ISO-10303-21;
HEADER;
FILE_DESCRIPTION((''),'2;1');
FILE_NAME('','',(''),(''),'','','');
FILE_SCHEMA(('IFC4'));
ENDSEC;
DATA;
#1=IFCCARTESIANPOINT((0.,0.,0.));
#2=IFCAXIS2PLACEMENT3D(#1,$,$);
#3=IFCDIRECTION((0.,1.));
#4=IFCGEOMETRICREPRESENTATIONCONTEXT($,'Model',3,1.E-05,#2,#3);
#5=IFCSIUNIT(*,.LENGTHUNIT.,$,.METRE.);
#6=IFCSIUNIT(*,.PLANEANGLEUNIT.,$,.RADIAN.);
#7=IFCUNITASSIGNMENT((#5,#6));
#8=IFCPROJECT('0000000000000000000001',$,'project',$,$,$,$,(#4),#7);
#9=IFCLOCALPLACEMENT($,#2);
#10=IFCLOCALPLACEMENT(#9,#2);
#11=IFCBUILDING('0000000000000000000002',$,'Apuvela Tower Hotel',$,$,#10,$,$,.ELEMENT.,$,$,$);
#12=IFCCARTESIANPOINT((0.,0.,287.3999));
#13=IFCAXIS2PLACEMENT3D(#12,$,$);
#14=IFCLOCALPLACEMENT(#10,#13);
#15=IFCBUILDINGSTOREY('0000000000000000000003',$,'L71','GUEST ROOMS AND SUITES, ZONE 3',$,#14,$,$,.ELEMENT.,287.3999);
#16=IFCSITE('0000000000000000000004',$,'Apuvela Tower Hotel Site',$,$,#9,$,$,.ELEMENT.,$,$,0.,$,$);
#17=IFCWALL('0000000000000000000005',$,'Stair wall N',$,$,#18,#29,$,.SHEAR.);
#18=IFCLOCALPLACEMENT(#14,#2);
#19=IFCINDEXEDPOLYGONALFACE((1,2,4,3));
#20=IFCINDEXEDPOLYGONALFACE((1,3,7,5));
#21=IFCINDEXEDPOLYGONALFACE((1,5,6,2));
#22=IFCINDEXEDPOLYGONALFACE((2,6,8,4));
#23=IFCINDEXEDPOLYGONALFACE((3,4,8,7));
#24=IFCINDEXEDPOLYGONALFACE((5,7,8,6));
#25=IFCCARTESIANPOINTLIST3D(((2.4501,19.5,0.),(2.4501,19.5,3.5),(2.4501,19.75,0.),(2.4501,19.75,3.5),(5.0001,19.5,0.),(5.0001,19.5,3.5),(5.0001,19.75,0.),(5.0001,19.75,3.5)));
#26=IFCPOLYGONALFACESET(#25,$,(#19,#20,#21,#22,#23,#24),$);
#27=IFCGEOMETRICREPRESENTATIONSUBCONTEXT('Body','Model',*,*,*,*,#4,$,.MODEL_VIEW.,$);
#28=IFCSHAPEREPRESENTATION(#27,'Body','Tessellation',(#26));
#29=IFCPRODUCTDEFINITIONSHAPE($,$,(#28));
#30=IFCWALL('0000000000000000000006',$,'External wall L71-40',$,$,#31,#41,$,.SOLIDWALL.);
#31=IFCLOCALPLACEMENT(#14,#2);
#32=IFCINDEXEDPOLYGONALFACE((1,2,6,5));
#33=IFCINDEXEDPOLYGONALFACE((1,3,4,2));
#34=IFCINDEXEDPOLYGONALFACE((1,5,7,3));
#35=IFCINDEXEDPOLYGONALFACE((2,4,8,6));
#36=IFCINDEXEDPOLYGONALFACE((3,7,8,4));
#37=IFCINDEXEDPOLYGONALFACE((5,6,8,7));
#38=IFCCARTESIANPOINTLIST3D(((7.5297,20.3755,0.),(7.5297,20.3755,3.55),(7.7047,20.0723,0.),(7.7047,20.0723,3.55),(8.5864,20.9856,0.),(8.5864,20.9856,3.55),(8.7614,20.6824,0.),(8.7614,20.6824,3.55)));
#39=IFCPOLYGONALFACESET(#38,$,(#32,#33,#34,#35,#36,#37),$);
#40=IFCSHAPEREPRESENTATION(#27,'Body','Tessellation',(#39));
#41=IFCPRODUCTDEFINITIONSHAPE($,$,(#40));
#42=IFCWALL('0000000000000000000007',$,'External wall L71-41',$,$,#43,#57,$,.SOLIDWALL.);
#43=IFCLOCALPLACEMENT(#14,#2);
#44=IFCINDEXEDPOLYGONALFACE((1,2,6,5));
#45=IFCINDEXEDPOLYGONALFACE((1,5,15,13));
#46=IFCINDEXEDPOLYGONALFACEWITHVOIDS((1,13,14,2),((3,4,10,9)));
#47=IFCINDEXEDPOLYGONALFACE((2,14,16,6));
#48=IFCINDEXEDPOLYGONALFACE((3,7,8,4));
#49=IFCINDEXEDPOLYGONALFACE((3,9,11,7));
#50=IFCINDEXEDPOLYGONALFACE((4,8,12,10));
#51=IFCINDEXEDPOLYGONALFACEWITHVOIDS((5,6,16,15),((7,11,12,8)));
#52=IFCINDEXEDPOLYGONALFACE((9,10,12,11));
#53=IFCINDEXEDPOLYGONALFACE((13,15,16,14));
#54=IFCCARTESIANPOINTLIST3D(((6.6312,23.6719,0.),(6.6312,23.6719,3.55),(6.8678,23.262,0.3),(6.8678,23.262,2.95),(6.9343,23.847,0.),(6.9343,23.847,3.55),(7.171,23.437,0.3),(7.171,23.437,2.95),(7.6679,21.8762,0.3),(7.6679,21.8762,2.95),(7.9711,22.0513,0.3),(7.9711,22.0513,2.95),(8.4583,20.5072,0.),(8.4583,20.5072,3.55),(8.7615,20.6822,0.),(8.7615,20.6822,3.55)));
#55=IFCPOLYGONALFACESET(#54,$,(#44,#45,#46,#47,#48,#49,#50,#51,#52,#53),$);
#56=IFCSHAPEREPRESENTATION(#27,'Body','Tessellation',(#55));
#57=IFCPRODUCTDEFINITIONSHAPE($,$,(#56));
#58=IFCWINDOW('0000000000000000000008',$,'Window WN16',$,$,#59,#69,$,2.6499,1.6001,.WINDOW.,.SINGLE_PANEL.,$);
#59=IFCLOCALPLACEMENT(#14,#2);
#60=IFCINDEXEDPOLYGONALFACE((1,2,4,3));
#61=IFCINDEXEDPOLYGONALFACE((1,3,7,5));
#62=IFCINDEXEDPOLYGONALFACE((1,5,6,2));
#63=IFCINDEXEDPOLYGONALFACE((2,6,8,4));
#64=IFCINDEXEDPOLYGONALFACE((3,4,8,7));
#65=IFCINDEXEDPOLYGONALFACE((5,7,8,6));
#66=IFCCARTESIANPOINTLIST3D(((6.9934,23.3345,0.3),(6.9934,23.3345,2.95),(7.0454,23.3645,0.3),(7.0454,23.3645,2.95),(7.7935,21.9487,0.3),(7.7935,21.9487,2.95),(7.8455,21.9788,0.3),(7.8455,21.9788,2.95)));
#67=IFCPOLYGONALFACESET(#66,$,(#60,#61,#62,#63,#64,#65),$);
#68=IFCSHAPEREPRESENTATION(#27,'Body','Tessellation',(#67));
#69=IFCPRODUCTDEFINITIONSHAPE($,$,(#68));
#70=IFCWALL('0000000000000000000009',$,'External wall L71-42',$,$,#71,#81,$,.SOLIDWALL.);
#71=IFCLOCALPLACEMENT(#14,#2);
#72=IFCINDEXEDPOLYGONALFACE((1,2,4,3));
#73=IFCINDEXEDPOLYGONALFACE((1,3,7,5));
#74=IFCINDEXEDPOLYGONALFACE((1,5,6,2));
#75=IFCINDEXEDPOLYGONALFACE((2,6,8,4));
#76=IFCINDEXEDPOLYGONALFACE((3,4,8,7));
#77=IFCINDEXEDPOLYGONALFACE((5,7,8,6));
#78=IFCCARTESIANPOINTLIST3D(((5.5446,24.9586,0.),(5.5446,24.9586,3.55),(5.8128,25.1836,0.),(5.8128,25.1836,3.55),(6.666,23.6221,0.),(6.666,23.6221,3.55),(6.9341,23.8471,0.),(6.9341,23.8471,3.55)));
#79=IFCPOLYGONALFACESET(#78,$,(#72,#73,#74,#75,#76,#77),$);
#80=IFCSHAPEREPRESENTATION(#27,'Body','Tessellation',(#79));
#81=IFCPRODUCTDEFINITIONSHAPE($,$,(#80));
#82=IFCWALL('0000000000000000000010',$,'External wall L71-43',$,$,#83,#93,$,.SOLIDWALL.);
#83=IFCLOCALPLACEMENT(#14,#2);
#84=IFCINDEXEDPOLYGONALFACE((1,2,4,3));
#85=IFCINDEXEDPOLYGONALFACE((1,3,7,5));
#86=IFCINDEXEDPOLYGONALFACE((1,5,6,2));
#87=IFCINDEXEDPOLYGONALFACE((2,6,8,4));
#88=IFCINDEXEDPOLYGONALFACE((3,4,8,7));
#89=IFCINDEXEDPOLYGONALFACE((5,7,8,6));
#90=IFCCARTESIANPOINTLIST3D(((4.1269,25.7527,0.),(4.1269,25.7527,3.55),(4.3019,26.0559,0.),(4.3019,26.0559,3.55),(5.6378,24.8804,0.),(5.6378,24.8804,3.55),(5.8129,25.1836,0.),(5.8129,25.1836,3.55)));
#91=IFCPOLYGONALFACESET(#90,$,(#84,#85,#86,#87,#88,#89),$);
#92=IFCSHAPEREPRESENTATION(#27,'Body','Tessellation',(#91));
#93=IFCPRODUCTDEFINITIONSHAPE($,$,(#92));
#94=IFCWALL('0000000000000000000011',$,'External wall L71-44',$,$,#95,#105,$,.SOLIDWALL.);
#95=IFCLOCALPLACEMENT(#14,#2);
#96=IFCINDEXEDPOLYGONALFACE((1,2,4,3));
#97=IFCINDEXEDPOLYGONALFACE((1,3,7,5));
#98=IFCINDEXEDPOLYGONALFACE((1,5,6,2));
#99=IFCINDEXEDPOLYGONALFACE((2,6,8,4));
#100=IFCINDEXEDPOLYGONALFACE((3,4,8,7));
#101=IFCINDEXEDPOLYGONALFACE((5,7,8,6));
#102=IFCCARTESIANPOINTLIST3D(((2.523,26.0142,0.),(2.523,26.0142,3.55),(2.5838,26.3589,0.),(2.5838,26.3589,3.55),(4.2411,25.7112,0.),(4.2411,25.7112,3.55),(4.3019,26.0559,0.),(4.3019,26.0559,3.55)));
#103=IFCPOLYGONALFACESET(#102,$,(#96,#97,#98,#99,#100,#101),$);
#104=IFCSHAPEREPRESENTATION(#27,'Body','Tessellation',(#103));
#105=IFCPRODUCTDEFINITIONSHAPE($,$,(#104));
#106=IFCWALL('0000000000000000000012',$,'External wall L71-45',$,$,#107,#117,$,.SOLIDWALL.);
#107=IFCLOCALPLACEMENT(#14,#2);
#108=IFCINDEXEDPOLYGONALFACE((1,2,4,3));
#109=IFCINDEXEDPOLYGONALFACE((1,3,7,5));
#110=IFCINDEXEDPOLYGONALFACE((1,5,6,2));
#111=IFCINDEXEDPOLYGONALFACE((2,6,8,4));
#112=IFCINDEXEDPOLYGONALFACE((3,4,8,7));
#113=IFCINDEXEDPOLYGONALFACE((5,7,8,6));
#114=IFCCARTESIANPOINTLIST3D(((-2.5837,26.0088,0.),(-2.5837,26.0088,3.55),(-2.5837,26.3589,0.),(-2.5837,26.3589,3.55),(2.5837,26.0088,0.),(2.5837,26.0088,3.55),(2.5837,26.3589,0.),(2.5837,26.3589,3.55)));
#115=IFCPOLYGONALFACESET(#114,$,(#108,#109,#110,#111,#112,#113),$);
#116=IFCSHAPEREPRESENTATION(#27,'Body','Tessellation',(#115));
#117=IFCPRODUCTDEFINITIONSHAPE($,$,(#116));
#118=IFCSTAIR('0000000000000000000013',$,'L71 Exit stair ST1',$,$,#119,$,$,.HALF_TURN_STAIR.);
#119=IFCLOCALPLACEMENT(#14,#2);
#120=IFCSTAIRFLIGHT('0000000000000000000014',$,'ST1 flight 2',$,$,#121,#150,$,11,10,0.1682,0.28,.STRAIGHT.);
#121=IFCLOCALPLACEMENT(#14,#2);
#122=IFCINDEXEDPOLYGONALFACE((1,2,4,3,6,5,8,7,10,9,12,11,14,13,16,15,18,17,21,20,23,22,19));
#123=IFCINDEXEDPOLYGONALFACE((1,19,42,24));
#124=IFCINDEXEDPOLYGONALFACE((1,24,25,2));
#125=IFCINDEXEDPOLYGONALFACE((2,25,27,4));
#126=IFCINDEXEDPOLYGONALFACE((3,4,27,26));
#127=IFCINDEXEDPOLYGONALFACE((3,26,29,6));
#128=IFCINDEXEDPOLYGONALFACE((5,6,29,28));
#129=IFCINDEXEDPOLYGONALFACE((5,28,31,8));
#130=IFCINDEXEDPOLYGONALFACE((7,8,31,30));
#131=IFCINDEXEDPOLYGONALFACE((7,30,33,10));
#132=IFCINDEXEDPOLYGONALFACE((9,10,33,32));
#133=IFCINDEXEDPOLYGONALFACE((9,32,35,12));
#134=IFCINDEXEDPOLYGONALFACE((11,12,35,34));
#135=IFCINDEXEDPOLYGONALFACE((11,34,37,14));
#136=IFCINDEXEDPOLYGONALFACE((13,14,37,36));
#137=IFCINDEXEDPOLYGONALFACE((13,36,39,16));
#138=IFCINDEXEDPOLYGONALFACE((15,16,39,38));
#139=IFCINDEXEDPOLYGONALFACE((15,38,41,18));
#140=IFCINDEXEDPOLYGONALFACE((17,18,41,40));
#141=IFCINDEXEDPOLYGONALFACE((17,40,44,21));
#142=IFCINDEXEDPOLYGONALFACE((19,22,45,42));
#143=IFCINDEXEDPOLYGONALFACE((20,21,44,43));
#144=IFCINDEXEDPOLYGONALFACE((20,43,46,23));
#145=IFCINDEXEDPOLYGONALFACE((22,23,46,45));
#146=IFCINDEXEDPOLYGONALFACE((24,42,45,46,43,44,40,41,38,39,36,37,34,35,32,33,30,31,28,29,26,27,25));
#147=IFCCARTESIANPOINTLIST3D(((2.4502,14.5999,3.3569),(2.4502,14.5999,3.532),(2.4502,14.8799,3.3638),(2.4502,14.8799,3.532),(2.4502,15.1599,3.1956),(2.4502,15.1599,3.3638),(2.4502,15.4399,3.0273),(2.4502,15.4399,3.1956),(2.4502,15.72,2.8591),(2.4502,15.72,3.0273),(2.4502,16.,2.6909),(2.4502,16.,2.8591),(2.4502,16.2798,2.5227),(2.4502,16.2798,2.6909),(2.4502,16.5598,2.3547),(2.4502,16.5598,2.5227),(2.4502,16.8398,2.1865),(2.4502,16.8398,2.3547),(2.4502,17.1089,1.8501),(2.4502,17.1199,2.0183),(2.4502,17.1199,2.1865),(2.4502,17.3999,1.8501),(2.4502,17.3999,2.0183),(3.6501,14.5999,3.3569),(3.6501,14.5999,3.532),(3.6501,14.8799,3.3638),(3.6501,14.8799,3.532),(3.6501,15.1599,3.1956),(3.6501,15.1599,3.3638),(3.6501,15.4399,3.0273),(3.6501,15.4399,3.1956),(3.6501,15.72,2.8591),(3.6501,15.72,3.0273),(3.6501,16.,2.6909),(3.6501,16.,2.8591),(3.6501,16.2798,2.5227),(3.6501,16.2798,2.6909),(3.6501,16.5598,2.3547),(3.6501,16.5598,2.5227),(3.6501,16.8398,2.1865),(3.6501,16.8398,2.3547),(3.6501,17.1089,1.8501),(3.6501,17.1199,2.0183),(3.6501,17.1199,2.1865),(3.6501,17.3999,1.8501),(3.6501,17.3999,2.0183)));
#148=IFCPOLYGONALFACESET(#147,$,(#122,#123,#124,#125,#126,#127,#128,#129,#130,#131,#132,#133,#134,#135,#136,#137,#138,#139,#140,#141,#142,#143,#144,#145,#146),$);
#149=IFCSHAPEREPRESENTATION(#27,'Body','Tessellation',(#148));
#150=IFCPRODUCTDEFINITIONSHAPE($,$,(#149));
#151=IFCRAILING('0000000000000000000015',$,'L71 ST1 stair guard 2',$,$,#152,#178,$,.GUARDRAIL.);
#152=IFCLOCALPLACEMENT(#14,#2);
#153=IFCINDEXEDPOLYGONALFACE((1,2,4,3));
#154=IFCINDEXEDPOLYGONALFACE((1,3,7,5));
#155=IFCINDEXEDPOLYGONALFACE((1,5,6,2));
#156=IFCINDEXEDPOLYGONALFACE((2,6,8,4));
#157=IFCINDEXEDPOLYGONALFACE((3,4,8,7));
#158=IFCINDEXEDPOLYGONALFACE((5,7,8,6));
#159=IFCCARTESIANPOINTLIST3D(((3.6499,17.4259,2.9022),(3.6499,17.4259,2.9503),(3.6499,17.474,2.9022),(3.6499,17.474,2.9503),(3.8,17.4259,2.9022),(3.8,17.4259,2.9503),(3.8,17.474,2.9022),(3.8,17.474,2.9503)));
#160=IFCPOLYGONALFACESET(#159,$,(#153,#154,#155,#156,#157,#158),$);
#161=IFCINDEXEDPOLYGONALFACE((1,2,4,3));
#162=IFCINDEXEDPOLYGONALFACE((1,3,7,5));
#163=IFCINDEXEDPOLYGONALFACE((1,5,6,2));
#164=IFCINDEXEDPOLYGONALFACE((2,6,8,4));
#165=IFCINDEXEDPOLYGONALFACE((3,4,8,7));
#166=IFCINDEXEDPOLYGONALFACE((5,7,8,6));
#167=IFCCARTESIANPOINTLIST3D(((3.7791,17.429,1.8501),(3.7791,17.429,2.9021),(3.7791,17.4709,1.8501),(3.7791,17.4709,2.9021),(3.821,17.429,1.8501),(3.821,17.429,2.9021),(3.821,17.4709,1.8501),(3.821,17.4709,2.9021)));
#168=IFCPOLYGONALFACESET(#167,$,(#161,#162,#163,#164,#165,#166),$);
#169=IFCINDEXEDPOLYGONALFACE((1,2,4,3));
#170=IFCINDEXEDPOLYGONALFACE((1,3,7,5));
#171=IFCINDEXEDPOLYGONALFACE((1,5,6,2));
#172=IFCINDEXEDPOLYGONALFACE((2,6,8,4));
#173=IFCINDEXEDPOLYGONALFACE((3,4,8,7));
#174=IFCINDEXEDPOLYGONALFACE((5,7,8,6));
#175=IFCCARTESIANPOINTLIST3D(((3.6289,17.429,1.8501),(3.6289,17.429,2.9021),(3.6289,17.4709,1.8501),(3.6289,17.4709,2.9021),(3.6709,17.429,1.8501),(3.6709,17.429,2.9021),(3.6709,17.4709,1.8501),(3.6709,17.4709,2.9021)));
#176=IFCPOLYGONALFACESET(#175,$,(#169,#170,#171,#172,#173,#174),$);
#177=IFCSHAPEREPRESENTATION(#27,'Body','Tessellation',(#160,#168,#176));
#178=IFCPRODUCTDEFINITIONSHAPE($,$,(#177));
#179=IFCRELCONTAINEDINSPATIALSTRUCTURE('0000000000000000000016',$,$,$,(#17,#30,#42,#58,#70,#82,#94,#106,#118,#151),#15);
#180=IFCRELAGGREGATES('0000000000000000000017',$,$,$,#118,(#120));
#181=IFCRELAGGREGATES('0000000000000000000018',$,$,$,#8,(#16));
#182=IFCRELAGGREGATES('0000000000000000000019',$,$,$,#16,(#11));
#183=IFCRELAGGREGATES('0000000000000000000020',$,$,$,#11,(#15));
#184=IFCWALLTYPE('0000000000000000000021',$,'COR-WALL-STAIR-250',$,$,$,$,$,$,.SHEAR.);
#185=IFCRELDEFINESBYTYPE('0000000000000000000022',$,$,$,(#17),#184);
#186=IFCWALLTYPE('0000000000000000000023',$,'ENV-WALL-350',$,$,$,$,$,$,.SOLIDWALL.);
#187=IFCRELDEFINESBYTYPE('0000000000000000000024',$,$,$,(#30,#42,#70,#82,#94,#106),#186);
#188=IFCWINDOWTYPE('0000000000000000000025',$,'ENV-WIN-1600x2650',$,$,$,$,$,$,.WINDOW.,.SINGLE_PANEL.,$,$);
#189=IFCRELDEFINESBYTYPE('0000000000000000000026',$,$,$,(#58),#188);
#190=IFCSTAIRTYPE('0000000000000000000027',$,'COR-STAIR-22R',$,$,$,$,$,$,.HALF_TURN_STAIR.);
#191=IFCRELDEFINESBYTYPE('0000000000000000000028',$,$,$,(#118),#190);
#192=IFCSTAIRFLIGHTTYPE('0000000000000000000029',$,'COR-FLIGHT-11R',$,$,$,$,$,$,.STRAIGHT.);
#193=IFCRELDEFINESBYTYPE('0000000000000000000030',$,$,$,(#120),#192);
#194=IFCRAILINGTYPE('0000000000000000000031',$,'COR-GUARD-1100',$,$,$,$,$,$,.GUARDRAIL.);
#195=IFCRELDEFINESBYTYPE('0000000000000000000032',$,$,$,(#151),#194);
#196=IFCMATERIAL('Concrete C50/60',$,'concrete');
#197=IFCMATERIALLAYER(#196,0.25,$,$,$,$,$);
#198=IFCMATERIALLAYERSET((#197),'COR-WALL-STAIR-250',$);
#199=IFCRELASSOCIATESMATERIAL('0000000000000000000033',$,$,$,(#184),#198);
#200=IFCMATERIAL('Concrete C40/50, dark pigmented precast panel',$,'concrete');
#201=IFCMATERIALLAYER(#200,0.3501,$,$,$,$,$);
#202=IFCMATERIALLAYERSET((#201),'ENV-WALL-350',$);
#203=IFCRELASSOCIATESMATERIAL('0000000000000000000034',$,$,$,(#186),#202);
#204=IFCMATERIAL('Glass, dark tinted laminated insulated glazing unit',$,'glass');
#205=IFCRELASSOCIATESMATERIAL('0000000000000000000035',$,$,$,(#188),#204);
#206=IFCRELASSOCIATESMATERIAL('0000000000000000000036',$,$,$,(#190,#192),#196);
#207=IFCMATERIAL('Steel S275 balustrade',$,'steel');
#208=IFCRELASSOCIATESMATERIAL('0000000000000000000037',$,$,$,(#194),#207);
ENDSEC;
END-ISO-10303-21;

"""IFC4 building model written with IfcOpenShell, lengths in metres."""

from ifc_helpers import new_model, si_unit, direction, frame, frame_2d, origin, origin_2d, place, context, subcontext, project, spatial, polyline, rectangle, outline, extrude, material, layer, layer_set, type_object, element, fill, aggregate, save


model = new_model("IFC4")

# Units and contexts
model_context = context("Model", 3, precision=1e-05, world=origin(), true_north=direction((0.0, 1.0)))
body_context = subcontext(model_context, "Body", "Model", "MODEL_VIEW")
ifc_project = project(units=[si_unit("LENGTHUNIT", "METRE"), si_unit("PLANEANGLEUNIT", "RADIAN")], contexts=[model_context])

# Site, building, storey
site_placement = place(None, origin())
site = spatial("IfcSite", under=ifc_project, at=site_placement, Name="Apuvela Tower Hotel Site", CompositionType="ELEMENT", RefElevation=0.0)
building_placement = place(site_placement, origin())
building = spatial("IfcBuilding", under=site, at=building_placement, Name="Apuvela Tower Hotel", CompositionType="ELEMENT")
storey_placement = place(building_placement, frame((0.0, 0.0, 287.3999)))
storey = spatial("IfcBuildingStorey", under=building, at=storey_placement, Name="L71", Description="GUEST ROOMS AND SUITES, ZONE 3", CompositionType="ELEMENT", Elevation=287.3999)

# Walls
ifc_material_1 = material(Name="Concrete C50/60", Category="concrete")
ifc_layer_1 = layer(ifc_material_1, 0.25)
ifc_layer_set_1 = layer_set([ifc_layer_1], Name="COR-WALL-STAIR-250")
wall_type_1 = type_object("IfcWallType", Name="COR-WALL-STAIR-250", PredefinedType="SHEAR", material=ifc_layer_set_1)
wall_1_placement = place(storey_placement, frame((5.0, 19.625, 0.0), z_axis=(0.0, 0.0, 1.0), x_axis=(-1.0, 0.0, 0.0)))
element("IfcWall", 1, at=wall_1_placement, inside=storey, type_object=wall_type_1, Name="Stair wall N", PredefinedType="SHEAR", context=body_context, shape_type="SweptSolid", body=[
    extrude(rectangle(XDim=2.55, YDim=0.25, at=frame_2d((1.2749, 0.0))), origin(), (0.0, 0.0, 1.0), 3.5),
])
ifc_material_2 = material(Name="Concrete C40/50, dark pigmented precast panel", Category="concrete")
ifc_layer_2 = layer(ifc_material_2, 0.3501)
ifc_layer_set_2 = layer_set([ifc_layer_2], Name="ENV-WALL-350")
wall_type_2 = type_object("IfcWallType", Name="ENV-WALL-350", PredefinedType="SOLIDWALL", material=ifc_layer_set_2)
wall_2_placement = place(storey_placement, frame((7.6172, 20.2239, 0.0), z_axis=(0.0, 0.0, 1.0), x_axis=(0.866006, 0.500034, 0.0)))
element("IfcWall", 2, at=wall_2_placement, inside=storey, type_object=wall_type_2, Name="External wall L71-40", PredefinedType="SOLIDWALL", context=body_context, shape_type="SweptSolid", body=[
    extrude(rectangle(XDim=1.2202, YDim=0.3501, at=frame_2d((0.6101, 0.0))), origin(), (0.0, 0.0, 1.0), 3.55),
])

# Wall, opening, window
wall_3_placement = place(storey_placement, frame((8.6099, 20.5947, 0.0), z_axis=(0.0, 0.0, 1.0), x_axis=(-0.49999, 0.866031, 0.0)))
wall_3 = element("IfcWall", 3, at=wall_3_placement, inside=storey, type_object=wall_type_2, Name="External wall L71-41", PredefinedType="SOLIDWALL", context=body_context, shape_type="SweptSolid", body=[
    extrude(rectangle(XDim=3.6543, YDim=0.3501, at=frame_2d((1.8271, 0.0))), origin(), (0.0, 0.0, 1.0), 3.55),
])
opening_1_placement = place(wall_3_placement, frame((1.5808, 0.0, 0.3)))
opening_1 = element("IfcOpeningElement", 4, at=opening_1_placement, cuts=wall_3, PredefinedType="OPENING", context=body_context, shape_type="SweptSolid", body=[
    extrude(rectangle(XDim=1.6001, YDim=2.6499, at=frame_2d((0.8, 1.325))), frame((0.0, 0.1851, 0.0), z_axis=(0.0, -1.0, 0.0), x_axis=(1.0, 0.0, 0.0)), (0.0, 0.0, 1.0), 0.3701),
])
ifc_material_3 = material(Name="Glass, dark tinted laminated insulated glazing unit", Category="glass")
window_type = type_object("IfcWindowType", Name="ENV-WIN-1600x2650", PartitioningType="SINGLE_PANEL", PredefinedType="WINDOW", material=ifc_material_3)
window_placement = place(opening_1_placement, origin())
window = element("IfcWindow", 5, at=window_placement, inside=storey, type_object=window_type, Name="Window WN16", OverallHeight=2.6499, OverallWidth=1.6001, PartitioningType="SINGLE_PANEL", PredefinedType="WINDOW", context=body_context, shape_type="SweptSolid", body=[
    extrude(rectangle(XDim=1.6001, YDim=2.6499, at=frame_2d((0.8, 1.325))), frame((0.0, 0.03, 0.0), z_axis=(0.0, -1.0, 0.0), x_axis=(1.0, 0.0, 0.0)), (0.0, 0.0, 1.0), 0.0601),
])
fill(opening_1, window)

# Walls
for number, where, z_axis, x_axis, name in (
    (6, (6.8, 23.7346, 0.0), (0.0, 0.0, 1.0), (-0.642769, 0.76606, 0.0), "External wall L71-42"),
    (7, (5.7253, 25.032, 0.0), (0.0, 0.0, 1.0), (-0.866039, 0.499977, 0.0), "External wall L71-43"),
    (8, (4.2715, 25.8835, 0.0), (0.0, 0.0, 1.0), (-0.984803, 0.173674, 0.0), "External wall L71-44"),
):
    element("IfcWall", number, at=place(storey_placement, frame(where, z_axis=z_axis, x_axis=x_axis)), inside=storey, type_object=wall_type_2, Name=name, PredefinedType="SOLIDWALL", context=body_context, shape_type="SweptSolid", body=[
        extrude(rectangle(XDim=1.7446, YDim=0.3501, at=frame_2d((0.8723, 0.0))), origin(), (0.0, 0.0, 1.0), 3.55),
    ])
wall_4_placement = place(storey_placement, frame((2.5837, 26.1838, 0.0), z_axis=(0.0, 0.0, 1.0), x_axis=(-1.0, 0.0, 0.0)))
element("IfcWall", 9, at=wall_4_placement, inside=storey, type_object=wall_type_2, Name="External wall L71-45", PredefinedType="SOLIDWALL", context=body_context, shape_type="SweptSolid", body=[
    extrude(rectangle(XDim=5.1675, YDim=0.3501, at=frame_2d((2.5837, 0.0))), origin(), (0.0, 0.0, 1.0), 3.55),
])

# Stair, stair flight
stair_type = type_object("IfcStairType", Name="COR-STAIR-22R", PredefinedType="HALF_TURN_STAIR", material=ifc_material_1)
stair_placement = place(storey_placement, origin())
stair = element("IfcStair", 10, at=stair_placement, inside=storey, type_object=stair_type, Name="L71 Exit stair ST1", PredefinedType="HALF_TURN_STAIR")
stair_flight_type = type_object("IfcStairFlightType", Name="COR-FLIGHT-11R", PredefinedType="STRAIGHT", material=ifc_material_1)
stair_flight_placement = place(storey_placement, frame((3.05, 17.3999, 1.8501), z_axis=(0.0, 0.0, 1.0), x_axis=(0.0, -1.0, 0.0)))
stair_flight = element("IfcStairFlight", 11, at=stair_flight_placement, type_object=stair_flight_type, Name="ST1 flight 2", NumberOfRisers=11, NumberOfTreads=10, PredefinedType="STRAIGHT", RiserHeight=0.1682, TreadLength=0.28, context=body_context, shape_type="SweptSolid", body=[
    extrude(outline(polyline([(0.0, 0.0), (0.0, 0.1682), (0.28, 0.1682), (0.28, 0.3364), (0.5601, 0.3364), (0.5601, 0.5046), (0.8401, 0.5046), (0.8401, 0.6726), (1.1201, 0.6726), (1.1201, 0.8408), (1.3999, 0.8408), (1.3999, 1.009), (1.6799, 1.009), (1.6799, 1.1772), (1.96, 1.1772), (1.96, 1.3455), (2.24, 1.3455), (2.24, 1.5137), (2.52, 1.5137), (2.52, 1.6819), (2.8, 1.6819), (2.8, 1.8501), (2.8, 1.5068), (0.291, 0.0), (0.0, 0.0)])), frame((0.0, 0.6001, 0.0), z_axis=(0.0, -1.0, 0.0), x_axis=(1.0, 0.0, 0.0)), (0.0, 0.0, 1.0), 1.2),
])
aggregate(stair, [stair_flight])

# Railing
ifc_material_4 = material(Name="Steel S275 balustrade", Category="steel")
railing_type = type_object("IfcRailingType", Name="COR-GUARD-1100", PredefinedType="GUARDRAIL", material=ifc_material_4)
railing_1_placement = place(storey_placement, frame((3.8, 17.45, 1.8501)))
element("IfcRailing", 12, at=railing_1_placement, inside=storey, type_object=railing_type, Name="L71 ST1 stair guard 2", PredefinedType="GUARDRAIL", context=body_context, shape_type="SweptSolid", body=[
    extrude(rectangle(XDim=0.0481, YDim=0.0481, at=origin_2d()), frame((0.0, 0.0, 1.0762), z_axis=(-1.0, 0.0, 0.0), x_axis=(0.0, -1.0, 0.0)), (0.0, 0.0, 1.0), 0.1501),
    extrude(rectangle(XDim=0.042, YDim=0.042, at=origin_2d()), origin(), (0.0, 0.0, 1.0), 1.052),
    extrude(rectangle(XDim=0.042, YDim=0.042, at=origin_2d()), frame((-0.1501, 0.0, 0.0)), (0.0, 0.0, 1.0), 1.052),
])

save(model, "model.ifc")
